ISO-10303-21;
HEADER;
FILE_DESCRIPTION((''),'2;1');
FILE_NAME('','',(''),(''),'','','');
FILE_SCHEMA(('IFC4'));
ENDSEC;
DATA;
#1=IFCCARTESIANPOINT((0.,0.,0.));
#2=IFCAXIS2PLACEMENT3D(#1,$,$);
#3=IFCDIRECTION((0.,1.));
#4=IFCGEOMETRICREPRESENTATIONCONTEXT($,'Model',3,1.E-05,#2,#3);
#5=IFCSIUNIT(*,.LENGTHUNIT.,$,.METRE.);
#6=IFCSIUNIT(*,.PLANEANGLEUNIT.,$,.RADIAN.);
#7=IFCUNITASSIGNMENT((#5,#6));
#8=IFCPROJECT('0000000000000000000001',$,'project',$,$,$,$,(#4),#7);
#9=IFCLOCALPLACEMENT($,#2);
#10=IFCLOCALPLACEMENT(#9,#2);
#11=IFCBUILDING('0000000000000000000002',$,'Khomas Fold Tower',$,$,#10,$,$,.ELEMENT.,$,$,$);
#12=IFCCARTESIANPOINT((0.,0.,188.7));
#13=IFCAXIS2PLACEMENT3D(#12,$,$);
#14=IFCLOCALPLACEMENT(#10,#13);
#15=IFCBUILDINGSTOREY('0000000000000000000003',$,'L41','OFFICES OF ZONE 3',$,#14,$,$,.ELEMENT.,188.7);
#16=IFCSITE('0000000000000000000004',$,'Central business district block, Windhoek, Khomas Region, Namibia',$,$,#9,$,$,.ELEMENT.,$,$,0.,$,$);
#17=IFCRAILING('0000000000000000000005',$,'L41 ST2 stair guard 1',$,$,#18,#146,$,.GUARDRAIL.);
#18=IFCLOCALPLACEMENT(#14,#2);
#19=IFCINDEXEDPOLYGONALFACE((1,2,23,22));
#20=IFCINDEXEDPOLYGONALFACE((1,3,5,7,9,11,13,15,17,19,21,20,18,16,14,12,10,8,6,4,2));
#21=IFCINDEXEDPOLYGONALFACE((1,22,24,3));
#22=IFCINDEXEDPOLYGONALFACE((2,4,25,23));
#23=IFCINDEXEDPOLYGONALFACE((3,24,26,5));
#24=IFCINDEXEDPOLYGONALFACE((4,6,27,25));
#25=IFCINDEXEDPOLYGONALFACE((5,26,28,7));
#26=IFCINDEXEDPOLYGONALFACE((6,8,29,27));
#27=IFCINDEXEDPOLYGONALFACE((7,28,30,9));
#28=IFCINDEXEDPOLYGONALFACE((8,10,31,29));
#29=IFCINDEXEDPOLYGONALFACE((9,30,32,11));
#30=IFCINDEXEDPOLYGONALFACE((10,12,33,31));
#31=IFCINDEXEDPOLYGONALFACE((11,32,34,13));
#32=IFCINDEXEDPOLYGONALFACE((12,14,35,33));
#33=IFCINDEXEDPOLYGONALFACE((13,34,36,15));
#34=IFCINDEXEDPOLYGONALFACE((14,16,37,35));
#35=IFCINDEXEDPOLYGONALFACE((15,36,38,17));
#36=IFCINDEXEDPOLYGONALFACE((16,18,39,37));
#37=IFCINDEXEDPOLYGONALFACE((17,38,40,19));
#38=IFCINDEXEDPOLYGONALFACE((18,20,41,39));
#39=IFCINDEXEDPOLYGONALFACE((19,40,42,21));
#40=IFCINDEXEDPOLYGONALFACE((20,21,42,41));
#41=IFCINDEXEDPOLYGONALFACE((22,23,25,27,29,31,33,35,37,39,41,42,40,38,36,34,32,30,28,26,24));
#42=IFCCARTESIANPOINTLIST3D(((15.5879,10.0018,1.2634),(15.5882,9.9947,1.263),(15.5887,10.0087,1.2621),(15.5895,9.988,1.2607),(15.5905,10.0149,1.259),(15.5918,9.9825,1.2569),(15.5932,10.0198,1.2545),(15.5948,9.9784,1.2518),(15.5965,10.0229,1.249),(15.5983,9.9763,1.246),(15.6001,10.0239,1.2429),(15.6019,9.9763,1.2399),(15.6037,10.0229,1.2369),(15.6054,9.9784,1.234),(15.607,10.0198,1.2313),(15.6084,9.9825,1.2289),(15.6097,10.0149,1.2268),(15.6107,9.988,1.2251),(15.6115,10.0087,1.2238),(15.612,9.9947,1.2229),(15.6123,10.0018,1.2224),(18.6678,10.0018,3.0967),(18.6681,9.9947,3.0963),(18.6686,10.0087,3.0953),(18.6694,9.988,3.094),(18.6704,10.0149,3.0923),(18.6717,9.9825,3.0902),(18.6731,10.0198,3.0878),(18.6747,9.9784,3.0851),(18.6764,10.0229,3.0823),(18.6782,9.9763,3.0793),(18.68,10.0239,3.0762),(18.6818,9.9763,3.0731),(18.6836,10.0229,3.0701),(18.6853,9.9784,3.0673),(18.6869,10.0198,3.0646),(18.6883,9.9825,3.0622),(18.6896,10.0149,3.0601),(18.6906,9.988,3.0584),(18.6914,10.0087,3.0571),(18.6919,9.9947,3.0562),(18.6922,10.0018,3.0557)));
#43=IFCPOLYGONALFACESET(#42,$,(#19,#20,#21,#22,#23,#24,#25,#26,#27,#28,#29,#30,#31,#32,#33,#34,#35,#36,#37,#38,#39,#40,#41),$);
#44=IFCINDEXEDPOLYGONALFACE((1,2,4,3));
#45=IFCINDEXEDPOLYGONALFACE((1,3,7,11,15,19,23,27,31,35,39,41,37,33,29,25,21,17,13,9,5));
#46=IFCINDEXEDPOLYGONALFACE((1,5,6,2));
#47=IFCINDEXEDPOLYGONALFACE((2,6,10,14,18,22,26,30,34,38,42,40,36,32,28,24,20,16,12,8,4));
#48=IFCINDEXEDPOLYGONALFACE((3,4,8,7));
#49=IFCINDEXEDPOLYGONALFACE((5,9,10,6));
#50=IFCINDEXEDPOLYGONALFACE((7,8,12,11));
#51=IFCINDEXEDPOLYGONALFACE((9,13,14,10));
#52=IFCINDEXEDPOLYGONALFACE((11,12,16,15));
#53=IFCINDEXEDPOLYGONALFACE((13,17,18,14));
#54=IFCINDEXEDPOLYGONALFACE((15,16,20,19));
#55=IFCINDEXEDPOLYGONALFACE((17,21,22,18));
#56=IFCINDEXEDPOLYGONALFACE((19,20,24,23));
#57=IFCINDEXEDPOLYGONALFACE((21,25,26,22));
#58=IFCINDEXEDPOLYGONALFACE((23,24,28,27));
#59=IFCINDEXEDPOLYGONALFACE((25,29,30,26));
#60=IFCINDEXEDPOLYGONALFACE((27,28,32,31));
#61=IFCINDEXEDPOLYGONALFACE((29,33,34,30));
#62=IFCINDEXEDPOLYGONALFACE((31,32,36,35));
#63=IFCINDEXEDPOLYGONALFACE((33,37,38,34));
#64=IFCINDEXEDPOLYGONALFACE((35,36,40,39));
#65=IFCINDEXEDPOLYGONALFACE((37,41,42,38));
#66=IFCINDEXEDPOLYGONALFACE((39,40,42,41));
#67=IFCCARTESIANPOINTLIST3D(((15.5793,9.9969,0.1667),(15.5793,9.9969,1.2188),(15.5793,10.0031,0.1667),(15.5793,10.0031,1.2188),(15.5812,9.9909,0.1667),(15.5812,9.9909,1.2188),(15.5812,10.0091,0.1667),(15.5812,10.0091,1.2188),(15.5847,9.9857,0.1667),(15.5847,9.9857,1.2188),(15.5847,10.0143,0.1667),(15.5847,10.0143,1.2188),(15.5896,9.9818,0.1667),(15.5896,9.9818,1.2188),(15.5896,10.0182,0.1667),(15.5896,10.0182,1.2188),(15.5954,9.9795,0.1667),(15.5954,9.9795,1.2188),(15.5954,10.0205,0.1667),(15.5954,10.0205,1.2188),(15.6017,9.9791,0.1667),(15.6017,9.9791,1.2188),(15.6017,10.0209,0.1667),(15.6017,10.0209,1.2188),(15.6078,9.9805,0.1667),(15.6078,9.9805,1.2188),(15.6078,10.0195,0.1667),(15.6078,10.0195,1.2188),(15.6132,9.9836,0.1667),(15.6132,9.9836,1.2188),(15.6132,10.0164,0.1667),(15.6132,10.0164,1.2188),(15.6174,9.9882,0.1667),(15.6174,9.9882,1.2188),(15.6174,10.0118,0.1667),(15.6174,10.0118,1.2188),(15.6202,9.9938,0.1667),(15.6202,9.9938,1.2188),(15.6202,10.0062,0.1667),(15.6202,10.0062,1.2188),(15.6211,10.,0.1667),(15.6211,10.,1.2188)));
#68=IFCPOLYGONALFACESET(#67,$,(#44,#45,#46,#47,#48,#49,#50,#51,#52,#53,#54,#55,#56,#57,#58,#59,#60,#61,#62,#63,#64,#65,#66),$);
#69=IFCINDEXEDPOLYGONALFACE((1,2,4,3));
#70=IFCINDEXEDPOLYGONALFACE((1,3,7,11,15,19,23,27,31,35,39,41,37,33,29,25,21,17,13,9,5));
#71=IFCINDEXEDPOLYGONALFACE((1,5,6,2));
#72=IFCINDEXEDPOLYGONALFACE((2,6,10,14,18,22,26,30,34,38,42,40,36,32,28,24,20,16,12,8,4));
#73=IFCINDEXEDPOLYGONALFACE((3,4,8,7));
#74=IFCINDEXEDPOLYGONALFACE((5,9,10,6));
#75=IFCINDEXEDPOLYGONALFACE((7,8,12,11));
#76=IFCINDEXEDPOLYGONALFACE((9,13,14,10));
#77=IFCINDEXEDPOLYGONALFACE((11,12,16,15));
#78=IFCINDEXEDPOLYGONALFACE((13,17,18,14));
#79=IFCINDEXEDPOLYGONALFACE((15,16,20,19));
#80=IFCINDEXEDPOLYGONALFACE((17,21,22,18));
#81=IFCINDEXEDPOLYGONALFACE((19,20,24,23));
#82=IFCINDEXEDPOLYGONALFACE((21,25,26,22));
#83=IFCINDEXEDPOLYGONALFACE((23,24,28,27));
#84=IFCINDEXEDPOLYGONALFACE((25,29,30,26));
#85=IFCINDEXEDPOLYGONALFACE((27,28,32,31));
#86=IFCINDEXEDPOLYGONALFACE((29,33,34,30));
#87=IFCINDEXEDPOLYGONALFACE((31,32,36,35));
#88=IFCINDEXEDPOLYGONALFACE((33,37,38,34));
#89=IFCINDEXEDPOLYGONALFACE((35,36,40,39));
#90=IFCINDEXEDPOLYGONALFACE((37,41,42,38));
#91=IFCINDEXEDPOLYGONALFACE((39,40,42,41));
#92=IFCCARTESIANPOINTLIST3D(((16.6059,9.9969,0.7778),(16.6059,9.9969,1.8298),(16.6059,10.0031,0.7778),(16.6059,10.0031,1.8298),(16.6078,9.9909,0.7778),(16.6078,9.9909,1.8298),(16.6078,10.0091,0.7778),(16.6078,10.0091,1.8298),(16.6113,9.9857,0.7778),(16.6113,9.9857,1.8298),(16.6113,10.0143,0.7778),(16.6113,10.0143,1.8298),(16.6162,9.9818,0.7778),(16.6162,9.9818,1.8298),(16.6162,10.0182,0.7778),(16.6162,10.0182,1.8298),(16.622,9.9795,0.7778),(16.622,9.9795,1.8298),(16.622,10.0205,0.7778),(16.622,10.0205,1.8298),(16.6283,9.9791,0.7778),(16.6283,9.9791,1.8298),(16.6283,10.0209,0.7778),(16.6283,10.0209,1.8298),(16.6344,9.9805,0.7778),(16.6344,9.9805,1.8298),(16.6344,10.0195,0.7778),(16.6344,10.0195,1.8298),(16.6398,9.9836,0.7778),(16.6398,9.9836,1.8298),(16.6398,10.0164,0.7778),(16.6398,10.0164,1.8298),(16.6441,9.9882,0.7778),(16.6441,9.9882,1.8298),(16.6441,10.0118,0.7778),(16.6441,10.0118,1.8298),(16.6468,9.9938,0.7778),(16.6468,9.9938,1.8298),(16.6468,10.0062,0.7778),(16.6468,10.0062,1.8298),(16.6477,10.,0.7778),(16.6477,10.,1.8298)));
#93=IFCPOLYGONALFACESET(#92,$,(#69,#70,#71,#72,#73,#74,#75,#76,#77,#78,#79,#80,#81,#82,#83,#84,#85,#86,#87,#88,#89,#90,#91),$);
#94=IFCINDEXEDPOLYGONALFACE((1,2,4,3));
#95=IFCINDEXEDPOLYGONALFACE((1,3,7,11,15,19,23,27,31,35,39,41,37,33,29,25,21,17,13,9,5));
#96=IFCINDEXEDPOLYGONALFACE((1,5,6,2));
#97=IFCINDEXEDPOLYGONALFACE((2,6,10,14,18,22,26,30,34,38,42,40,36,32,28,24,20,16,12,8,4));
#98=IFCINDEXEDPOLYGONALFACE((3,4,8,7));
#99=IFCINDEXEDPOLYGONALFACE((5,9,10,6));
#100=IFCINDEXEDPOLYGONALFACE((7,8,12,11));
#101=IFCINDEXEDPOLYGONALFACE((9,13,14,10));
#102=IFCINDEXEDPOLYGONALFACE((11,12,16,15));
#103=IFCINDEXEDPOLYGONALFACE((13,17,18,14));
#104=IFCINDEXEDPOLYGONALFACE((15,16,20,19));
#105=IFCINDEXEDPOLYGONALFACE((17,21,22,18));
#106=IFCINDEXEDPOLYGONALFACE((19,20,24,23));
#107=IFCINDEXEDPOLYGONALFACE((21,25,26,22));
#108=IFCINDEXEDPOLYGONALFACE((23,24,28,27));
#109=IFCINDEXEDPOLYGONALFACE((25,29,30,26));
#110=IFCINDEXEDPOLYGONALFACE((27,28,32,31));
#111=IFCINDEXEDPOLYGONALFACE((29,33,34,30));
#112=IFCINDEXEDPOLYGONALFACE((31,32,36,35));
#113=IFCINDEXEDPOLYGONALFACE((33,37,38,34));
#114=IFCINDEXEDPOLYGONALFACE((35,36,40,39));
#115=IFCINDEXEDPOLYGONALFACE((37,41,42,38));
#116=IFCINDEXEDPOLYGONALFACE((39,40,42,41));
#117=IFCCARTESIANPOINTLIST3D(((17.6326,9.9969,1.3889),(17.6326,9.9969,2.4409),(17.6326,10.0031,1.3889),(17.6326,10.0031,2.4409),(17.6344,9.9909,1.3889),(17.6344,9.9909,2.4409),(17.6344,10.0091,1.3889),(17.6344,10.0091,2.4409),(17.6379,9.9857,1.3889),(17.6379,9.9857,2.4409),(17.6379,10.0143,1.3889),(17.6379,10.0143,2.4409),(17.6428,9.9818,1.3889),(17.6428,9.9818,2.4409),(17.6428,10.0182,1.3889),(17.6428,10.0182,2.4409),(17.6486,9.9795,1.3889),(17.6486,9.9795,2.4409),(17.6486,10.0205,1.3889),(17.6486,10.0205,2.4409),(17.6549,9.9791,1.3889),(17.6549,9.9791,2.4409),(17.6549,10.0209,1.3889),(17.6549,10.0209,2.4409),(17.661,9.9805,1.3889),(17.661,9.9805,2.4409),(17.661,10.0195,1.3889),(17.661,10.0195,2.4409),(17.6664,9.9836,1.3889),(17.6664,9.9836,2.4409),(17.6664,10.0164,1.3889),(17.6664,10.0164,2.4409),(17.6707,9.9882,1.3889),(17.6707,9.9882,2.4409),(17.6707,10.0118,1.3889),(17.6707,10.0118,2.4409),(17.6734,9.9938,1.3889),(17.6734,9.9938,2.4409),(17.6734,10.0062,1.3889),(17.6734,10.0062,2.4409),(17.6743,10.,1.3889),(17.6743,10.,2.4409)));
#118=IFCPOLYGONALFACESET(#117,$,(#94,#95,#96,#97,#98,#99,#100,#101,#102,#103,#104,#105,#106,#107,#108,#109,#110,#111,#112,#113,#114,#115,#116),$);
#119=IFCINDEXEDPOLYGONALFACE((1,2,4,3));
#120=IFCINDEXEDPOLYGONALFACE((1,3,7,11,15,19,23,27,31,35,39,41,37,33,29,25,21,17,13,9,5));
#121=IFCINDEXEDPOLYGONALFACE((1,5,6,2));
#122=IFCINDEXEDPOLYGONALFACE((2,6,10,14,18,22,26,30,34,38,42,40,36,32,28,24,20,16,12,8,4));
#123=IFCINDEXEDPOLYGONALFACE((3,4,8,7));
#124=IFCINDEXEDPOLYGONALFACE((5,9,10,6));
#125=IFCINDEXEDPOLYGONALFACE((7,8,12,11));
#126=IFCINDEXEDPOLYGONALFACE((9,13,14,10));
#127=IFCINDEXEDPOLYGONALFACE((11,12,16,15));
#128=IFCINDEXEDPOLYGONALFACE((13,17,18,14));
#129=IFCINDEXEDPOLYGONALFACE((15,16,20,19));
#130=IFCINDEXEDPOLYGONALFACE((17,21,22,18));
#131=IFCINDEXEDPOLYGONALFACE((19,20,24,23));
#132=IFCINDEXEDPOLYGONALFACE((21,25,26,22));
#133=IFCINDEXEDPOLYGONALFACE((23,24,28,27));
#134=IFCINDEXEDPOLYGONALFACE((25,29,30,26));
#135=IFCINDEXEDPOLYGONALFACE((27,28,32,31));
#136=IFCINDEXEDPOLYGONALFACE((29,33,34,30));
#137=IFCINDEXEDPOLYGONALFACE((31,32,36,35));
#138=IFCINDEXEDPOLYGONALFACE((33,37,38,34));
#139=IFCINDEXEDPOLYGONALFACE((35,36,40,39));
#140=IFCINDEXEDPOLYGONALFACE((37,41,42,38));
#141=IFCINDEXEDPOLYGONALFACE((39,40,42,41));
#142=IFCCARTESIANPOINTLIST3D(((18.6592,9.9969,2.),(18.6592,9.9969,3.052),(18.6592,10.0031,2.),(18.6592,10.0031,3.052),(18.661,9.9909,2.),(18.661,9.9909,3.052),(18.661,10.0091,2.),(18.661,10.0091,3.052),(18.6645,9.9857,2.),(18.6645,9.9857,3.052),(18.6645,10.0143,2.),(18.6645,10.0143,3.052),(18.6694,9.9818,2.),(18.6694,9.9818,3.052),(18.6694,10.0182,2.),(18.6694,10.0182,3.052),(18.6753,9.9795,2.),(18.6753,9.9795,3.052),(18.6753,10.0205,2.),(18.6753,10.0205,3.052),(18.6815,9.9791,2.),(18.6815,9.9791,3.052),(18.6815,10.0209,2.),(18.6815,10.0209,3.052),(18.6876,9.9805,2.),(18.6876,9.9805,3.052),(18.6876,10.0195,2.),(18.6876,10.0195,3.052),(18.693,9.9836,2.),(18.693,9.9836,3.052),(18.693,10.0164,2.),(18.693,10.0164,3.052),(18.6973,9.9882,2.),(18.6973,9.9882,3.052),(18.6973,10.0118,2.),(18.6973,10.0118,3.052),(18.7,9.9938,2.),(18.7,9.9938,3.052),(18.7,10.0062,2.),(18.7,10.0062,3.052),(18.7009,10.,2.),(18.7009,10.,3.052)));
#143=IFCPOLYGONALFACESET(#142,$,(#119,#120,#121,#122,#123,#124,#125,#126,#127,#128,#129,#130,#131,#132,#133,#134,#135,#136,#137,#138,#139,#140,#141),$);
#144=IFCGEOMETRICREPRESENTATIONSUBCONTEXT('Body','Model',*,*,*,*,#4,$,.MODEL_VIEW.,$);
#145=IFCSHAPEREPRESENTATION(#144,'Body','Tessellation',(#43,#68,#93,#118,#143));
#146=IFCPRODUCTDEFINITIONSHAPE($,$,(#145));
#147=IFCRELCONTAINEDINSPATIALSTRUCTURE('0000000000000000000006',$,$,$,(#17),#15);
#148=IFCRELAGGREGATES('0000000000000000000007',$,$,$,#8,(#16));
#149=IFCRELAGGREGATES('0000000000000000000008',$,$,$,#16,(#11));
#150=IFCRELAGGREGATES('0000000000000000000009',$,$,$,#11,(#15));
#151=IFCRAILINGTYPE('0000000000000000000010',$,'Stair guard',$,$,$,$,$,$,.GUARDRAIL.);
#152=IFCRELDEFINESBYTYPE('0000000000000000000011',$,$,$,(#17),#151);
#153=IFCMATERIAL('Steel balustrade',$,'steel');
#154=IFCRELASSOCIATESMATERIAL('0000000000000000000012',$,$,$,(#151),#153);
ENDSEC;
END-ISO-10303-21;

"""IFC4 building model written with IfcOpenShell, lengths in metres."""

from ifc_helpers import new_model, si_unit, direction, frame, origin, origin_2d, place, context, subcontext, project, spatial, circle, extrude, source, transform, mapped, material, type_object, element, save


model = new_model("IFC4")

# Units and contexts
model_context = context("Model", 3, precision=1e-05, world=origin(), true_north=direction((0.0, 1.0)))
body_context = subcontext(model_context, "Body", "Model", "MODEL_VIEW")
ifc_project = project(units=[si_unit("LENGTHUNIT", "METRE"), si_unit("PLANEANGLEUNIT", "RADIAN")], contexts=[model_context])

# Site, building, storey
site_placement = place(None, origin())
site = spatial("IfcSite", under=ifc_project, at=site_placement, Name="Central business district block, Windhoek, Khomas Region, Namibia", CompositionType="ELEMENT", RefElevation=0.0)
building_placement = place(site_placement, origin())
building = spatial("IfcBuilding", under=site, at=building_placement, Name="Khomas Fold Tower", CompositionType="ELEMENT")
storey_placement = place(building_placement, frame((0.0, 0.0, 188.7)))
storey = spatial("IfcBuildingStorey", under=building, at=storey_placement, Name="L41", Description="OFFICES OF ZONE 3", CompositionType="ELEMENT", Elevation=188.7)

# Railing
ifc_material_1 = material(Name="Steel balustrade", Category="steel")
railing_type_1 = type_object("IfcRailingType", Name="Stair guard", PredefinedType="GUARDRAIL", material=ifc_material_1)
shared_shape_1 = source(origin(), body_context, "Body", "SweptSolid", [
    extrude(circle(Radius=0.0239, at=origin_2d()), frame((0.0, 0.0, 1.0762), z_axis=(0.859291, 0.0, 0.511487), x_axis=(0.0, 1.0, 0.0)), (0.0, 0.0, 1.0), 3.5842),
    extrude(circle(Radius=0.021, at=origin_2d()), origin(), (0.0, 0.0, 1.0), 1.052),
    extrude(circle(Radius=0.021, at=origin_2d()), frame((1.0266, 0.0, 0.6111)), (0.0, 0.0, 1.0), 1.052),
    extrude(circle(Radius=0.021, at=origin_2d()), frame((2.0532, 0.0, 1.2222)), (0.0, 0.0, 1.0), 1.052),
    extrude(circle(Radius=0.021, at=origin_2d()), frame((3.0798, 0.0, 1.8333)), (0.0, 0.0, 1.0), 1.052),
])
railing_1_placement = place(storey_placement, frame((15.6001, 10.0, 0.1667)))
element("IfcRailing", 1, at=railing_1_placement, inside=storey, type_object=railing_type_1, Name="L41 ST2 stair guard 1", PredefinedType="GUARDRAIL", context=body_context, shape_type="MappedRepresentation", body=[
    mapped(shared_shape_1, transform((0.0, 0.0, 0.0))),
])

save(model, "model.ifc")
